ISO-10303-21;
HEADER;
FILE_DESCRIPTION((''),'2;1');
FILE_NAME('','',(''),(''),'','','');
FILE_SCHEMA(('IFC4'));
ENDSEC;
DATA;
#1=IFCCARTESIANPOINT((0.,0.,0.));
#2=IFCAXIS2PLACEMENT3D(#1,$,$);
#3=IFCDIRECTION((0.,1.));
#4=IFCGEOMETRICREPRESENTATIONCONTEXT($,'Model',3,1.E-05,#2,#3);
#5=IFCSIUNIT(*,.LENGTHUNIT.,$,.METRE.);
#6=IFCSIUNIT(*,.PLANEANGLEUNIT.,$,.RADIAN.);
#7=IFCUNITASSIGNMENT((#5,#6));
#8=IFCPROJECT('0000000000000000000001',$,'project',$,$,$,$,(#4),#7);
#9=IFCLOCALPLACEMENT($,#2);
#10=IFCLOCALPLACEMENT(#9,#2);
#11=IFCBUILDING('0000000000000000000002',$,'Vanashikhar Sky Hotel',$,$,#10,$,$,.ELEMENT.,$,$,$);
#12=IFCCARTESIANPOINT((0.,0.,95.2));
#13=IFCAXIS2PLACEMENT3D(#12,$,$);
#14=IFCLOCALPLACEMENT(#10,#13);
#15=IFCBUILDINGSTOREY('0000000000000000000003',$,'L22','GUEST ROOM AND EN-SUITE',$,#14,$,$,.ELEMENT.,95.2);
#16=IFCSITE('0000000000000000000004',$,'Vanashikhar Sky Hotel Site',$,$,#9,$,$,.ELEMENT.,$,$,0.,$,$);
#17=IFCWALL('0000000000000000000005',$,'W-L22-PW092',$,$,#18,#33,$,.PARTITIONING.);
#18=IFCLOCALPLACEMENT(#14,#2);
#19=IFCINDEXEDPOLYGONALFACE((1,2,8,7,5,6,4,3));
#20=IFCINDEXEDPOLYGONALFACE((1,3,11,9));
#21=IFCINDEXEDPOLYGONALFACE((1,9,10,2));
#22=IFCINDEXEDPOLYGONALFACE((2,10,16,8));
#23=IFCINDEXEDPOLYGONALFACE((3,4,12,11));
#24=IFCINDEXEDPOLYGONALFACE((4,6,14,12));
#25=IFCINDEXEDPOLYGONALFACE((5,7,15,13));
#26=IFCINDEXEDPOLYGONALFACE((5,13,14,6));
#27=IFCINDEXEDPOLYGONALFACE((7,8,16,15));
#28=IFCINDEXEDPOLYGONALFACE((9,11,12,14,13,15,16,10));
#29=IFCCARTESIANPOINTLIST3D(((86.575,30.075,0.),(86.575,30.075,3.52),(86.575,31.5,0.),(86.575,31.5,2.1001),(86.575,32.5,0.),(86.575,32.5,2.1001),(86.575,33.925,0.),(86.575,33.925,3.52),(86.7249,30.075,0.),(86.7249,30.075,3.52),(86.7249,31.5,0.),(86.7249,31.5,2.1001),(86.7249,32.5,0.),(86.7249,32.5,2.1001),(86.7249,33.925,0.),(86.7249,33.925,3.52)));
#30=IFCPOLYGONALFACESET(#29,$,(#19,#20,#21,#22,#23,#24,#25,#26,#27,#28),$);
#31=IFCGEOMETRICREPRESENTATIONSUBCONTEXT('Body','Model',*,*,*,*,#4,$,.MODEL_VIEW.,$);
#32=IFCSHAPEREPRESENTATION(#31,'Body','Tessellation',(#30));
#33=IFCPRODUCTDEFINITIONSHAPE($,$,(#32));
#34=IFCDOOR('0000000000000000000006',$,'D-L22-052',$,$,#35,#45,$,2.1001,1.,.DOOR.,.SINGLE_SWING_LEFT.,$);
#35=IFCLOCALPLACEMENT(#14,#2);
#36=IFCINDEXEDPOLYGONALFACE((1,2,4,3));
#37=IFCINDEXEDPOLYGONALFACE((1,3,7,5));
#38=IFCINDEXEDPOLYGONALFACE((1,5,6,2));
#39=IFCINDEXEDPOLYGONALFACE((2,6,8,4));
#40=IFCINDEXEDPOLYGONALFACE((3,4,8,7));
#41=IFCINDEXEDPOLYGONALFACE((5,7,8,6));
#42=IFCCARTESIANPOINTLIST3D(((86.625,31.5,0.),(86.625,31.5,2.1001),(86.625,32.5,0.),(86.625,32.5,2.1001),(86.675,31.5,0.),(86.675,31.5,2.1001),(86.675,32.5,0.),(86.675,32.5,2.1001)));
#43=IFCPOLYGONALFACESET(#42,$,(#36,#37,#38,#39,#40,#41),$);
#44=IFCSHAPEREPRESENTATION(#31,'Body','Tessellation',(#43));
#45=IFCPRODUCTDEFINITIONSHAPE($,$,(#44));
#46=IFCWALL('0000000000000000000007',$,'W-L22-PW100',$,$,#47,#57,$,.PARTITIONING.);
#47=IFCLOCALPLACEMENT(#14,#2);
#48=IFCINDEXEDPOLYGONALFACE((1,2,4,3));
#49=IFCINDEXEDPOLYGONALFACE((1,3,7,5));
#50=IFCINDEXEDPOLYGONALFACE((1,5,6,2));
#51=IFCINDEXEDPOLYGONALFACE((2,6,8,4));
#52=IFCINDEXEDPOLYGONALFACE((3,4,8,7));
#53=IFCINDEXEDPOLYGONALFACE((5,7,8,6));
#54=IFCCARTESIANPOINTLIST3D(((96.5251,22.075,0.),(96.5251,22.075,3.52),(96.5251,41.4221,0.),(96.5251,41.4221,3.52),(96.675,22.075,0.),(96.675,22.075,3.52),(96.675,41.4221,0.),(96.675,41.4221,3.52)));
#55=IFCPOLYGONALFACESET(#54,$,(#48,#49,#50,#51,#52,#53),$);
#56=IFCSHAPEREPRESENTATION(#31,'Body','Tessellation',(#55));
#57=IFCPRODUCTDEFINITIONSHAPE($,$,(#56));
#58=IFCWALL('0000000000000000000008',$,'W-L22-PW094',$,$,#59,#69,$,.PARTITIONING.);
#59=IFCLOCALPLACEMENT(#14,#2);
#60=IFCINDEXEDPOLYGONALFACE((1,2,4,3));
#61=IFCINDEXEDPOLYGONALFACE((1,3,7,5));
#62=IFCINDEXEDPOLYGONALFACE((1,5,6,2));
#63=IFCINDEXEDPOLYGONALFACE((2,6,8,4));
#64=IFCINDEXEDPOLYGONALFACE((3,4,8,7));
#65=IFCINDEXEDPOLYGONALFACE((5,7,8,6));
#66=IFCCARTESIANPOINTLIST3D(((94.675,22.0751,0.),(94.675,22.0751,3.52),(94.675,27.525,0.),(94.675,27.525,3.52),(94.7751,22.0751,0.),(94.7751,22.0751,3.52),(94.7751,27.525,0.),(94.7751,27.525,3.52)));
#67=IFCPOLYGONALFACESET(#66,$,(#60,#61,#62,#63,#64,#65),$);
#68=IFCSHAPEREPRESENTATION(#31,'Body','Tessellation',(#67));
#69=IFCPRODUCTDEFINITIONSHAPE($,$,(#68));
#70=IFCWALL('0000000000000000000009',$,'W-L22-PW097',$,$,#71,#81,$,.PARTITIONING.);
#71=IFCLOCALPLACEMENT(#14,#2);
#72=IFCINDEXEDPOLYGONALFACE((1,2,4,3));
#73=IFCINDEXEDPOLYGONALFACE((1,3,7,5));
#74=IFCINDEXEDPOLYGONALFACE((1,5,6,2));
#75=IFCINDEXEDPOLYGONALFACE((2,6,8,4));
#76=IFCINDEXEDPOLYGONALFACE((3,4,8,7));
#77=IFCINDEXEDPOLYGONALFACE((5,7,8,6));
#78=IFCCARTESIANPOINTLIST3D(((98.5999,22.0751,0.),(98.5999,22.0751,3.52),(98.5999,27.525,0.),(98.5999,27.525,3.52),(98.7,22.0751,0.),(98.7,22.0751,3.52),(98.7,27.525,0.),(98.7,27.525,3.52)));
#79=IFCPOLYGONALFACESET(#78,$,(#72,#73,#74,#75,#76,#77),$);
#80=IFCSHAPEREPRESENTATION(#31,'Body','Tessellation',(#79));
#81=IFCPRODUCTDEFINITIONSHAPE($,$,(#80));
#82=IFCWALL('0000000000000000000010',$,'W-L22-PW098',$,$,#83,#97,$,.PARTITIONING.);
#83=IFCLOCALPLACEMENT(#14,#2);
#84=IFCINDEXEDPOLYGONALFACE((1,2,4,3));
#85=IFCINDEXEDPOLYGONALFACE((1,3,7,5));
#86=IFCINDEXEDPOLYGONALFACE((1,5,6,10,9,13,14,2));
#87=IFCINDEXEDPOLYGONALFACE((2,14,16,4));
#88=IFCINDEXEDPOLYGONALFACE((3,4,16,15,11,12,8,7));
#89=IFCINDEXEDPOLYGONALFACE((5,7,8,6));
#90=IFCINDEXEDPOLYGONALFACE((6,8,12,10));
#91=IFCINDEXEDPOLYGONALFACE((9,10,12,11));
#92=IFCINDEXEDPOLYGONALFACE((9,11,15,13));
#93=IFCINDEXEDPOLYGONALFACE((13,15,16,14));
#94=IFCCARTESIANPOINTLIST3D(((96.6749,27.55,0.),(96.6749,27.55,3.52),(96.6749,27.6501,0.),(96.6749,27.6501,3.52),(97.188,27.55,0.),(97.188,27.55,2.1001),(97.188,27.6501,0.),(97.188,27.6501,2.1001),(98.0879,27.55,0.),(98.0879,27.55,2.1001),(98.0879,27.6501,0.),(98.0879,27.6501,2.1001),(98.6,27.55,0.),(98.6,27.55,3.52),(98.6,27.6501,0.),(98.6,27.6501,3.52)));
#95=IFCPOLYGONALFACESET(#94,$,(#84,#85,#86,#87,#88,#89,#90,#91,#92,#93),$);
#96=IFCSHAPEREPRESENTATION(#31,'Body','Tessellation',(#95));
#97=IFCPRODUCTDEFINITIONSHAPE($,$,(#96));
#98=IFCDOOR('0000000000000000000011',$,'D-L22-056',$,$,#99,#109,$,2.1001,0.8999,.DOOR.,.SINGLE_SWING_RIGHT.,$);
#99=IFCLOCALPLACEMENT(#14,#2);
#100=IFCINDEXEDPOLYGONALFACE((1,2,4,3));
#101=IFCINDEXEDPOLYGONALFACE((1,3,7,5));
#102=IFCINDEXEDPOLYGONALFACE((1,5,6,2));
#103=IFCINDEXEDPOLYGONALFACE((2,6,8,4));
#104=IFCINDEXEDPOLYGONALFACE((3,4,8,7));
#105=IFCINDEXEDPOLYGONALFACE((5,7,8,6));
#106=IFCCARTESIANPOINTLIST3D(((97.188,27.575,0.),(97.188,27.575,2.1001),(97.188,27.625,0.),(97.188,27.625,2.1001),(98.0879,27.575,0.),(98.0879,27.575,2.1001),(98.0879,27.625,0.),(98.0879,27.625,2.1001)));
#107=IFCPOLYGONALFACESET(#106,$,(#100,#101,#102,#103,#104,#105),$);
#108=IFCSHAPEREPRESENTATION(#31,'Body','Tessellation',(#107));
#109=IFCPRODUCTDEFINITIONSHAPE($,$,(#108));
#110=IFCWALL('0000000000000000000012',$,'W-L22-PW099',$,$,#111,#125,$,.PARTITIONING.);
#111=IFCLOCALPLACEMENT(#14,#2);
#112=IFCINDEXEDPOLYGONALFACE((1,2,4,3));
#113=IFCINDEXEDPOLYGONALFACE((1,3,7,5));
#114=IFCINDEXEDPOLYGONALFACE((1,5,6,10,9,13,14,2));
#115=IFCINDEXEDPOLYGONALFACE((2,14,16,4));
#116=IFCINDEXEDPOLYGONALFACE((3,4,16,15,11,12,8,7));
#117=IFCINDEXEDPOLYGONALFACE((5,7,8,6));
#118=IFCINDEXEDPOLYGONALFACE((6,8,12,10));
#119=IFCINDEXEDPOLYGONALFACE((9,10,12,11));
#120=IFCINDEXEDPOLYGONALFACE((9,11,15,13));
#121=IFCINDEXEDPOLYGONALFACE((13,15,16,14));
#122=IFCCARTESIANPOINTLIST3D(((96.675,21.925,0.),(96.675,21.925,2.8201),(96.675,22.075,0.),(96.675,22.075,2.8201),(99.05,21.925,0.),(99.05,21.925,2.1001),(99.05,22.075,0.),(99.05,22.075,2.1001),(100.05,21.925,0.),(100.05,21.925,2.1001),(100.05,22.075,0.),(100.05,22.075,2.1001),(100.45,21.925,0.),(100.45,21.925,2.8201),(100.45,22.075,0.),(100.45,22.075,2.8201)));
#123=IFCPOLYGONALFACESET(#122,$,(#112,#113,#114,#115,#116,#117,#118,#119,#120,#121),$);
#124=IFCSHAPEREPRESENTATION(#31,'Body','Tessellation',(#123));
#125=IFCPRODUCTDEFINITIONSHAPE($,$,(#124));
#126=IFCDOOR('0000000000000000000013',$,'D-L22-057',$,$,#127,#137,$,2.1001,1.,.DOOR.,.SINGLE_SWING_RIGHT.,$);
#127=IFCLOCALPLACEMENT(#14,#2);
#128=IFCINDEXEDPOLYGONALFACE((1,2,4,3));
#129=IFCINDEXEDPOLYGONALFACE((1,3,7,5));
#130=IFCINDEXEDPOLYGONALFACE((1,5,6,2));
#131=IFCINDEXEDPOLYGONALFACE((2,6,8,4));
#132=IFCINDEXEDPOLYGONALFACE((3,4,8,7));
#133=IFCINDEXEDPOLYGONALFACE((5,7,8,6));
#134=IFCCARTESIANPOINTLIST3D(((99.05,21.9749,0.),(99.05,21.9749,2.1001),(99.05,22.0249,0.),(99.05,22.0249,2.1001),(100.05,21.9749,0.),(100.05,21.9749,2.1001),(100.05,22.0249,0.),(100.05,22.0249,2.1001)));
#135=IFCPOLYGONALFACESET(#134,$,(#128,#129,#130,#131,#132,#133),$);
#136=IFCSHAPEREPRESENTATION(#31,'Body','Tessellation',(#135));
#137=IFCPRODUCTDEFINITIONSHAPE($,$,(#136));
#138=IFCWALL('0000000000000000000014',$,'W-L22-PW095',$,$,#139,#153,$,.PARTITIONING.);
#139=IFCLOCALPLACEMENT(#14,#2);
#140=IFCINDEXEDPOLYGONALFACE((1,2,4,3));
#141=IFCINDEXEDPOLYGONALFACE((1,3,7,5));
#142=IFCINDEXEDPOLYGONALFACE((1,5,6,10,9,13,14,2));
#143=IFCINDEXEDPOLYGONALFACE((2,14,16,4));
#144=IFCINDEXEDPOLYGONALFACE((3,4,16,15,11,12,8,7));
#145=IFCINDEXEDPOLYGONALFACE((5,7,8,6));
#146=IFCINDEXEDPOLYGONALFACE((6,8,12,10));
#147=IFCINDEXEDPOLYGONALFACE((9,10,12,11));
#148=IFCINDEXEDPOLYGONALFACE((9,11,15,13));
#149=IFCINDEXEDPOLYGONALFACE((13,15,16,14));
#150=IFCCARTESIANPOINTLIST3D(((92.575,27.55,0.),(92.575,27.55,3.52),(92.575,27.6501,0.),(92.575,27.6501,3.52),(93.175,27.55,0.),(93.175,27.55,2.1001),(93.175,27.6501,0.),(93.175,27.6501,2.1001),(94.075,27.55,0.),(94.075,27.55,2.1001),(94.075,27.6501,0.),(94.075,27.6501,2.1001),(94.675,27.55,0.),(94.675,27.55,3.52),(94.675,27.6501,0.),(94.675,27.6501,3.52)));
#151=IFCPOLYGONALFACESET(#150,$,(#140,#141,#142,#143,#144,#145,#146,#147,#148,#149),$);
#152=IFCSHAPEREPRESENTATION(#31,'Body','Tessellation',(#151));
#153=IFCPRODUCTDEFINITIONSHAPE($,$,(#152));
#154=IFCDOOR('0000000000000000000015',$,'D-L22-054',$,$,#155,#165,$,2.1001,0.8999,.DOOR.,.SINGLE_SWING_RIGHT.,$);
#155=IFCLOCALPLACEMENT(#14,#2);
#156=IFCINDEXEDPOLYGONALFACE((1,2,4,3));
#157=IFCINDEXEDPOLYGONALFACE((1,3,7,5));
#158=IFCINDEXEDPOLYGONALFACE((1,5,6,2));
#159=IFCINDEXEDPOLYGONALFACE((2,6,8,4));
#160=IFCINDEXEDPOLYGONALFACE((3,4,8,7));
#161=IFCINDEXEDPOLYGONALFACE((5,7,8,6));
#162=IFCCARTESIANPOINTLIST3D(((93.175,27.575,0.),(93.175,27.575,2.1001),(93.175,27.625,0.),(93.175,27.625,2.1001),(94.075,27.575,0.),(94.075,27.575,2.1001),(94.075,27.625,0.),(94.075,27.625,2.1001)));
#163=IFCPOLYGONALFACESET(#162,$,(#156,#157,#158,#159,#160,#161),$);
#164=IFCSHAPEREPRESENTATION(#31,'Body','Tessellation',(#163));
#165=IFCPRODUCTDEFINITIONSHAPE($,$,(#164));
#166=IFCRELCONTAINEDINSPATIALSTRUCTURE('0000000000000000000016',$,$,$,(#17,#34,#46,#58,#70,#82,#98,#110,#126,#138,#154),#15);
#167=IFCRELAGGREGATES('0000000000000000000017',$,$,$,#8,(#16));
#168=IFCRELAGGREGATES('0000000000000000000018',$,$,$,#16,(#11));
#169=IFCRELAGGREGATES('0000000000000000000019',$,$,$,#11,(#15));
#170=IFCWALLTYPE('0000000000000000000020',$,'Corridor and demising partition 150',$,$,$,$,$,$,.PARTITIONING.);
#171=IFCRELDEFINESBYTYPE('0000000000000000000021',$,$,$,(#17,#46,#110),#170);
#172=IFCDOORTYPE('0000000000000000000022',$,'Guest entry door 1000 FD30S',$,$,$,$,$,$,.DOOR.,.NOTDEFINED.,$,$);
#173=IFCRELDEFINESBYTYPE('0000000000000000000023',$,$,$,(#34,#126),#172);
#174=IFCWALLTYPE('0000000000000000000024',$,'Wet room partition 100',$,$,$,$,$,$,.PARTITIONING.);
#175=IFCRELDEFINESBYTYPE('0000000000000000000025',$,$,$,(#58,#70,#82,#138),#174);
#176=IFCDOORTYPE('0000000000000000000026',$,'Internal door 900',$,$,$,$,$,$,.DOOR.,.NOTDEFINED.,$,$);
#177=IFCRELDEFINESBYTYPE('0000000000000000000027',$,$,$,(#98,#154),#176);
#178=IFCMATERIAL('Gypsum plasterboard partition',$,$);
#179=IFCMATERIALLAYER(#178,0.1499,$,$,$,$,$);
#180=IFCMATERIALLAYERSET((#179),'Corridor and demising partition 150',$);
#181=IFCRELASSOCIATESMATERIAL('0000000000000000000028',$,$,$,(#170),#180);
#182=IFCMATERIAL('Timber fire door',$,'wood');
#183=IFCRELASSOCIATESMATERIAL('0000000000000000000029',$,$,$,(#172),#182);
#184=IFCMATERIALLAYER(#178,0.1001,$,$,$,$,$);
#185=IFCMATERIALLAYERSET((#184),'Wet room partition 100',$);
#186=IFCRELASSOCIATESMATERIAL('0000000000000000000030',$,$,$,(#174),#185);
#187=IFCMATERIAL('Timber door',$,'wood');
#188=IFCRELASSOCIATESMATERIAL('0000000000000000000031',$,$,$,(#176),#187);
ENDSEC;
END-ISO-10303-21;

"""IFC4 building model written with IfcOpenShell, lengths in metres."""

from ifc_helpers import new_model, si_unit, direction, frame, frame_2d, origin, place, context, subcontext, project, spatial, rectangle, extrude, source, transform, mapped, material, layer, layer_set, type_object, element, fill, save


model = new_model("IFC4")

# Units and contexts
model_context = context("Model", 3, precision=1e-05, world=origin(), true_north=direction((0.0, 1.0)))
body_context = subcontext(model_context, "Body", "Model", "MODEL_VIEW")
ifc_project = project(units=[si_unit("LENGTHUNIT", "METRE"), si_unit("PLANEANGLEUNIT", "RADIAN")], contexts=[model_context])

# Site, building, storey
site_placement = place(None, origin())
site = spatial("IfcSite", under=ifc_project, at=site_placement, Name="Vanashikhar Sky Hotel Site", CompositionType="ELEMENT", RefElevation=0.0)
building_placement = place(site_placement, origin())
building = spatial("IfcBuilding", under=site, at=building_placement, Name="Vanashikhar Sky Hotel", CompositionType="ELEMENT")
storey_placement = place(building_placement, frame((0.0, 0.0, 95.2)))
storey = spatial("IfcBuildingStorey", under=building, at=storey_placement, Name="L22", Description="GUEST ROOM AND EN-SUITE", CompositionType="ELEMENT", Elevation=95.2)

# Wall, opening, door
ifc_material_1 = material(Name="Gypsum plasterboard partition")
ifc_layer_1 = layer(ifc_material_1, 0.1499)
ifc_layer_set_1 = layer_set([ifc_layer_1], Name="Corridor and demising partition 150")
wall_type_1 = type_object("IfcWallType", Name="Corridor and demising partition 150", PredefinedType="PARTITIONING", material=ifc_layer_set_1)
shared_shape_1 = source(origin(), body_context, "Body", "SweptSolid", [
    extrude(rectangle(XDim=1.0, YDim=2.1001, at=frame_2d((0.5, 1.05))), frame((0.0, 0.085, 0.0), z_axis=(0.0, -1.0, 0.0), x_axis=(1.0, 0.0, 0.0)), (0.0, 0.0, 1.0), 0.1699),
])
ifc_material_2 = material(Name="Timber fire door", Category="wood")
door_type_1 = type_object("IfcDoorType", Name="Guest entry door 1000 FD30S", OperationType="NOTDEFINED", PredefinedType="DOOR", material=ifc_material_2)
shared_shape_2 = source(origin(), body_context, "Body", "SweptSolid", [
    extrude(rectangle(XDim=1.0, YDim=2.1001, at=frame_2d((0.5, 1.05))), frame((0.0, 0.0249, 0.0), z_axis=(0.0, -1.0, 0.0), x_axis=(1.0, 0.0, 0.0)), (0.0, 0.0, 1.0), 0.05),
])
shared_shape_3 = source(origin(), body_context, "Body", "SweptSolid", [
    extrude(rectangle(XDim=3.8501, YDim=0.1499, at=frame_2d((1.925, 0.0))), origin(), (0.0, 0.0, 1.0), 3.52),
])
wall_1_placement = place(storey_placement, frame((86.6499, 30.075, 0.0), z_axis=(0.0, 0.0, 1.0), x_axis=(0.0, 1.0, 0.0)))
wall_1 = element("IfcWall", 1, at=wall_1_placement, inside=storey, type_object=wall_type_1, Name="W-L22-PW092", PredefinedType="PARTITIONING", context=body_context, shape_type="MappedRepresentation", body=[
    mapped(shared_shape_3, transform((0.0, 0.0, 0.0), scale=1.0)),
])
opening_1_placement = place(wall_1_placement, frame((1.425, 0.0, 0.0)))
opening_1 = element("IfcOpeningElement", 2, at=opening_1_placement, cuts=wall_1, PredefinedType="OPENING", context=body_context, shape_type="MappedRepresentation", body=[
    mapped(shared_shape_1, transform((0.0, 0.0, 0.0), scale=1.0)),
])
door_1_placement = place(opening_1_placement, origin())
door_1 = element("IfcDoor", 3, at=door_1_placement, inside=storey, type_object=door_type_1, Name="D-L22-052", OperationType="SINGLE_SWING_LEFT", OverallHeight=2.1001, OverallWidth=1.0, PredefinedType="DOOR", context=body_context, shape_type="MappedRepresentation", body=[
    mapped(shared_shape_2, transform((0.0, 0.0, 0.0), scale=1.0)),
])
fill(opening_1, door_1)

# Walls
shared_shape_4 = source(origin(), body_context, "Body", "SweptSolid", [
    extrude(rectangle(XDim=19.3472, YDim=0.1499, at=frame_2d((9.6736, 0.0))), origin(), (0.0, 0.0, 1.0), 3.52),
])
wall_2_placement = place(storey_placement, frame((96.6001, 22.075, 0.0), z_axis=(0.0, 0.0, 1.0), x_axis=(0.0, 1.0, 0.0)))
element("IfcWall", 4, at=wall_2_placement, inside=storey, type_object=wall_type_1, Name="W-L22-PW100", PredefinedType="PARTITIONING", context=body_context, shape_type="MappedRepresentation", body=[
    mapped(shared_shape_4, transform((0.0, 0.0, 0.0), scale=1.0)),
])
ifc_layer_2 = layer(ifc_material_1, 0.1001)
ifc_layer_set_2 = layer_set([ifc_layer_2], Name="Wet room partition 100")
wall_type_2 = type_object("IfcWallType", Name="Wet room partition 100", PredefinedType="PARTITIONING", material=ifc_layer_set_2)
shared_shape_5 = source(origin(), body_context, "Body", "SweptSolid", [
    extrude(rectangle(XDim=5.45, YDim=0.1001, at=frame_2d((2.7251, 0.0))), origin(), (0.0, 0.0, 1.0), 3.52),
])
for number, where, z_axis, x_axis, name in (
    (5, (94.7251, 22.075, 0.0), (0.0, 0.0, 1.0), (0.0, 1.0, 0.0), "W-L22-PW094"),
    (6, (98.6499, 22.075, 0.0), (0.0, 0.0, 1.0), (0.0, 1.0, 0.0), "W-L22-PW097"),
):
    element("IfcWall", number, at=place(storey_placement, frame(where, z_axis=z_axis, x_axis=x_axis)), inside=storey, type_object=wall_type_2, Name=name, PredefinedType="PARTITIONING", context=body_context, shape_type="MappedRepresentation", body=[
        mapped(shared_shape_5, transform((0.0, 0.0, 0.0), scale=1.0)),
    ])

# Walls, openings, doors
shared_shape_6 = source(origin(), body_context, "Body", "SweptSolid", [
    extrude(rectangle(XDim=1.925, YDim=0.1001, at=frame_2d((0.9624, 0.0))), origin(), (0.0, 0.0, 1.0), 3.52),
])
wall_3_placement = place(storey_placement, frame((96.675, 27.6001, 0.0), z_axis=(0.0, 0.0, 1.0), x_axis=(1.0, 0.0, 0.0)))
wall_3 = element("IfcWall", 7, at=wall_3_placement, inside=storey, type_object=wall_type_2, Name="W-L22-PW098", PredefinedType="PARTITIONING", context=body_context, shape_type="MappedRepresentation", body=[
    mapped(shared_shape_6, transform((0.0, 0.0, 0.0), scale=1.0)),
])
shared_shape_7 = source(origin(), body_context, "Body", "SweptSolid", [
    extrude(rectangle(XDim=0.8999, YDim=2.1001, at=frame_2d((0.45, 1.05))), frame((0.0, 0.0601, 0.0), z_axis=(0.0, -1.0, 0.0), x_axis=(1.0, 0.0, 0.0)), (0.0, 0.0, 1.0), 0.1201),
])
opening_2_placement = place(wall_3_placement, frame((0.5129, 0.0, 0.0)))
opening_2 = element("IfcOpeningElement", 8, at=opening_2_placement, cuts=wall_3, PredefinedType="OPENING", context=body_context, shape_type="MappedRepresentation", body=[
    mapped(shared_shape_7, transform((0.0, 0.0, 0.0), scale=1.0)),
])
ifc_material_3 = material(Name="Timber door", Category="wood")
door_type_2 = type_object("IfcDoorType", Name="Internal door 900", OperationType="NOTDEFINED", PredefinedType="DOOR", material=ifc_material_3)
shared_shape_8 = source(origin(), body_context, "Body", "SweptSolid", [
    extrude(rectangle(XDim=0.8999, YDim=2.1001, at=frame_2d((0.45, 1.05))), frame((0.0, 0.0249, 0.0), z_axis=(0.0, -1.0, 0.0), x_axis=(1.0, 0.0, 0.0)), (0.0, 0.0, 1.0), 0.05),
])
door_2_placement = place(opening_2_placement, origin())
door_2 = element("IfcDoor", 9, at=door_2_placement, inside=storey, type_object=door_type_2, Name="D-L22-056", OperationType="SINGLE_SWING_RIGHT", OverallHeight=2.1001, OverallWidth=0.8999, PredefinedType="DOOR", context=body_context, shape_type="MappedRepresentation", body=[
    mapped(shared_shape_8, transform((0.0, 0.0, 0.0), scale=1.0)),
])
fill(opening_2, door_2)
shared_shape_9 = source(origin(), body_context, "Body", "SweptSolid", [
    extrude(rectangle(XDim=3.7749, YDim=0.1499, at=frame_2d((1.8875, 0.0))), origin(), (0.0, 0.0, 1.0), 2.8201),
])
wall_4_placement = place(storey_placement, frame((96.675, 22.0, 0.0), z_axis=(0.0, 0.0, 1.0), x_axis=(1.0, 0.0, 0.0)))
wall_4 = element("IfcWall", 10, at=wall_4_placement, inside=storey, type_object=wall_type_1, Name="W-L22-PW099", PredefinedType="PARTITIONING", context=body_context, shape_type="MappedRepresentation", body=[
    mapped(shared_shape_9, transform((0.0, 0.0, 0.0), scale=1.0)),
])
opening_3_placement = place(wall_4_placement, frame((2.375, 0.0, 0.0)))
opening_3 = element("IfcOpeningElement", 11, at=opening_3_placement, cuts=wall_4, PredefinedType="OPENING", context=body_context, shape_type="MappedRepresentation", body=[
    mapped(shared_shape_1, transform((0.0, 0.0, 0.0), scale=1.0)),
])
door_3_placement = place(opening_3_placement, origin())
door_3 = element("IfcDoor", 12, at=door_3_placement, inside=storey, type_object=door_type_1, Name="D-L22-057", OperationType="SINGLE_SWING_RIGHT", OverallHeight=2.1001, OverallWidth=1.0, PredefinedType="DOOR", context=body_context, shape_type="MappedRepresentation", body=[
    mapped(shared_shape_2, transform((0.0, 0.0, 0.0), scale=1.0)),
])
fill(opening_3, door_3)
shared_shape_10 = source(origin(), body_context, "Body", "SweptSolid", [
    extrude(rectangle(XDim=2.1001, YDim=0.1001, at=frame_2d((1.05, 0.0))), origin(), (0.0, 0.0, 1.0), 3.52),
])
wall_5_placement = place(storey_placement, frame((92.575, 27.6001, 0.0), z_axis=(0.0, 0.0, 1.0), x_axis=(1.0, 0.0, 0.0)))
wall_5 = element("IfcWall", 13, at=wall_5_placement, inside=storey, type_object=wall_type_2, Name="W-L22-PW095", PredefinedType="PARTITIONING", context=body_context, shape_type="MappedRepresentation", body=[
    mapped(shared_shape_10, transform((0.0, 0.0, 0.0), scale=1.0)),
])
opening_4_placement = place(wall_5_placement, frame((0.6001, 0.0, 0.0)))
opening_4 = element("IfcOpeningElement", 14, at=opening_4_placement, cuts=wall_5, PredefinedType="OPENING", context=body_context, shape_type="MappedRepresentation", body=[
    mapped(shared_shape_7, transform((0.0, 0.0, 0.0), scale=1.0)),
])
door_4_placement = place(opening_4_placement, origin())
door_4 = element("IfcDoor", 15, at=door_4_placement, inside=storey, type_object=door_type_2, Name="D-L22-054", OperationType="SINGLE_SWING_RIGHT", OverallHeight=2.1001, OverallWidth=0.8999, PredefinedType="DOOR", context=body_context, shape_type="MappedRepresentation", body=[
    mapped(shared_shape_8, transform((0.0, 0.0, 0.0), scale=1.0)),
])
fill(opening_4, door_4)

save(model, "model.ifc")
